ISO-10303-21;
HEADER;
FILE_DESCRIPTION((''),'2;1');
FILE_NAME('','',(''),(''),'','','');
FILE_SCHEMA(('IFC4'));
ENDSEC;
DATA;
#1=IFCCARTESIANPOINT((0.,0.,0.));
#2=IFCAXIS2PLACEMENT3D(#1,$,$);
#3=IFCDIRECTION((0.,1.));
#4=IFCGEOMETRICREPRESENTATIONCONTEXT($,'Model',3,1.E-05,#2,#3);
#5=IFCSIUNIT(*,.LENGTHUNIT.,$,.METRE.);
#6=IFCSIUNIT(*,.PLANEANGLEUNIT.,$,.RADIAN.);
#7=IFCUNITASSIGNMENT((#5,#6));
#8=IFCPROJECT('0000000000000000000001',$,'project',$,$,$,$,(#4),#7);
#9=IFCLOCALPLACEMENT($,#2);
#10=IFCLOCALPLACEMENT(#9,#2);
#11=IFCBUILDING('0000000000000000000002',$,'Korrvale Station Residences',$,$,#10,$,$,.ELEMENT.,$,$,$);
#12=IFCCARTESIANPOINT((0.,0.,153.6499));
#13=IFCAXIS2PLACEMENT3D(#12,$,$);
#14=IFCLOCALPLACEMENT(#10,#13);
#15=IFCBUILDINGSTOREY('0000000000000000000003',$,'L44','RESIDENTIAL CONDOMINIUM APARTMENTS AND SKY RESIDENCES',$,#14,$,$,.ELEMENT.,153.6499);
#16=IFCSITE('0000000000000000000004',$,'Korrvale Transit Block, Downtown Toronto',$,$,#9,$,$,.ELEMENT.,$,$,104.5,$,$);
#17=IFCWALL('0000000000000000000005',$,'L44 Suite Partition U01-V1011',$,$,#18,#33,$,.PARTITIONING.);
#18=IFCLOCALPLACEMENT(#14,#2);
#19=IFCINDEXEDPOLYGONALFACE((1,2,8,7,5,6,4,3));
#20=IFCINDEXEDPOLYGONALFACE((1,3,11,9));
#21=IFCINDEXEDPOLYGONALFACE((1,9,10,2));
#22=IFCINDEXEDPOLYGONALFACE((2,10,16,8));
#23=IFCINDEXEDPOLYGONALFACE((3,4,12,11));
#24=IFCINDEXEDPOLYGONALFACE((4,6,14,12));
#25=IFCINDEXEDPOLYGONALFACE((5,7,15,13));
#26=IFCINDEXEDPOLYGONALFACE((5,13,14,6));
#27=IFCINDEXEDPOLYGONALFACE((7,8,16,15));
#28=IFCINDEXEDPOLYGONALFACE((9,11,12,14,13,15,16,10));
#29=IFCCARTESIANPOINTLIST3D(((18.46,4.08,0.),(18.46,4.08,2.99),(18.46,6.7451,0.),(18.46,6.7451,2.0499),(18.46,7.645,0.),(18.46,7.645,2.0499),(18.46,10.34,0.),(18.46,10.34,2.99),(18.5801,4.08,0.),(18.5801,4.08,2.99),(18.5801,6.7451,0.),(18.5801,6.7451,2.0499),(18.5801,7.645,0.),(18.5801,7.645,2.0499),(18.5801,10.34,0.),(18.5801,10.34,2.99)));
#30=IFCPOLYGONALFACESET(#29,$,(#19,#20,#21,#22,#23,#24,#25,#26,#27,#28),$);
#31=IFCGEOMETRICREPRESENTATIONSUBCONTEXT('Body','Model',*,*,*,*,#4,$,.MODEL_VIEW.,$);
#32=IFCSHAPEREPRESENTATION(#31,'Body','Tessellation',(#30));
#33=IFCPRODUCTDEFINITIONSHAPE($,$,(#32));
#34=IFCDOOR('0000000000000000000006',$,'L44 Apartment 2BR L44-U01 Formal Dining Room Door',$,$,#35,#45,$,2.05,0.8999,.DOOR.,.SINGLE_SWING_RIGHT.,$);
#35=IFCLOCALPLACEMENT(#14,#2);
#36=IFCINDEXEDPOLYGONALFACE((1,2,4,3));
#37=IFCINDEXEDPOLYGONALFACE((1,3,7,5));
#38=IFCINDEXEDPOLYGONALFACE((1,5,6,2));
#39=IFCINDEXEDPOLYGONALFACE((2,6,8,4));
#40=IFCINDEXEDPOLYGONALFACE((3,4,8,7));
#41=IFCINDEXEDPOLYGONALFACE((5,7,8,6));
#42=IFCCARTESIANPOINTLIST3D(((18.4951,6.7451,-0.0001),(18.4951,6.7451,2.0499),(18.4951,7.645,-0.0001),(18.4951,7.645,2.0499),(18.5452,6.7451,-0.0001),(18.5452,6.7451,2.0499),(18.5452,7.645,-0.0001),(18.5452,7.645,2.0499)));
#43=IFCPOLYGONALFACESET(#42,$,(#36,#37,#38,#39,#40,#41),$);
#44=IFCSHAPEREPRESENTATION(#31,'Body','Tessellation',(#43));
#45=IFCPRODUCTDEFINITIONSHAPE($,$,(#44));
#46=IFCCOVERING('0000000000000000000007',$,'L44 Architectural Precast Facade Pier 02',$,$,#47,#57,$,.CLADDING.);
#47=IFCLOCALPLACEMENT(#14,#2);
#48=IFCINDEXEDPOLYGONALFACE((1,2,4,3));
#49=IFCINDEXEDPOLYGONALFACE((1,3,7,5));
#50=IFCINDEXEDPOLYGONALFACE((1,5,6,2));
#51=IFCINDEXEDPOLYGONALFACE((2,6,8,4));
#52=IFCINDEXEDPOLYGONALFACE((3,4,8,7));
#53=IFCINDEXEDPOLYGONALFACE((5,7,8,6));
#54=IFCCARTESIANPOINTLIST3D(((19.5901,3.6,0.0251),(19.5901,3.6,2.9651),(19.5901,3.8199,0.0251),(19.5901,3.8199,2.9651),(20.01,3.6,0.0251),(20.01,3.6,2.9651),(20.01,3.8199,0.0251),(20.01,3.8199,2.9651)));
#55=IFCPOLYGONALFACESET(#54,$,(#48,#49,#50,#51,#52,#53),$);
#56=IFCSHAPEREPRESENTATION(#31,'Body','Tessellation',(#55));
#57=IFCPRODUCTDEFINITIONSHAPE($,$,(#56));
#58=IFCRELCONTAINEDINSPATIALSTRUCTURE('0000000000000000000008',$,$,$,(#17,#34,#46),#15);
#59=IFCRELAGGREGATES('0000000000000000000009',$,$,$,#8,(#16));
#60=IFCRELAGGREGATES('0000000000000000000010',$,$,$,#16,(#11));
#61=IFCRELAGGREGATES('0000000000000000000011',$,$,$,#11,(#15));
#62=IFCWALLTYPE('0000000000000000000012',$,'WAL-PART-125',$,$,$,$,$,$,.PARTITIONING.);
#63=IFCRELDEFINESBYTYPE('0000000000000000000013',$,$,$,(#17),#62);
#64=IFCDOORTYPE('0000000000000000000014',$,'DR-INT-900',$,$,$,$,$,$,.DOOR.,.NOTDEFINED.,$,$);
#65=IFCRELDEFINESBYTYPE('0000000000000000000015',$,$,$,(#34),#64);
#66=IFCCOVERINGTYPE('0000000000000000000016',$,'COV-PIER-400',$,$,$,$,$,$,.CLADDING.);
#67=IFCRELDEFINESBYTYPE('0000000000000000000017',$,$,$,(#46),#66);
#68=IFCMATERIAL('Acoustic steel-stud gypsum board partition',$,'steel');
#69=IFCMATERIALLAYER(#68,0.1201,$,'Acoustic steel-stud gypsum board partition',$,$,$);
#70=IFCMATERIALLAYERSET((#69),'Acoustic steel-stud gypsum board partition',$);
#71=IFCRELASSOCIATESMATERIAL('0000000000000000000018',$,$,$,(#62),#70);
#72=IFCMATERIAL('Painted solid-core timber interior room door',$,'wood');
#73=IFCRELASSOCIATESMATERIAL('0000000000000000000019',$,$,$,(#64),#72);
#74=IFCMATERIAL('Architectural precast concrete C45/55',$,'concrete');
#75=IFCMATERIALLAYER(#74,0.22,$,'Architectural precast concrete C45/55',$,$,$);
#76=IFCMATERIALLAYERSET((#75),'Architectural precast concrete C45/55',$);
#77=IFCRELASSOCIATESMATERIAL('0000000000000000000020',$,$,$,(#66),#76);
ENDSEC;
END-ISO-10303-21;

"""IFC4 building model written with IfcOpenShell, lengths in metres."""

from ifc_helpers import new_model, si_unit, direction, frame, frame_2d, origin, origin_2d, place, context, subcontext, project, spatial, rectangle, extrude, material, layer, layer_set, type_object, element, fill, save


model = new_model("IFC4")

# Units and contexts
model_context = context("Model", 3, precision=1e-05, world=origin(), true_north=direction((0.0, 1.0)))
body_context = subcontext(model_context, "Body", "Model", "MODEL_VIEW")
ifc_project = project(units=[si_unit("LENGTHUNIT", "METRE"), si_unit("PLANEANGLEUNIT", "RADIAN")], contexts=[model_context])

# Site, building, storey
site_placement = place(None, origin())
site = spatial("IfcSite", under=ifc_project, at=site_placement, Name="Korrvale Transit Block, Downtown Toronto", CompositionType="ELEMENT", RefElevation=104.5)
building_placement = place(site_placement, origin())
building = spatial("IfcBuilding", under=site, at=building_placement, Name="Korrvale Station Residences", CompositionType="ELEMENT")
storey_placement = place(building_placement, frame((0.0, 0.0, 153.6499)))
storey = spatial("IfcBuildingStorey", under=building, at=storey_placement, Name="L44", Description="RESIDENTIAL CONDOMINIUM APARTMENTS AND SKY RESIDENCES", CompositionType="ELEMENT", Elevation=153.6499)

# Shared definitions
ifc_material_1 = material(Name="Acoustic steel-stud gypsum board partition", Category="steel")
ifc_layer_1 = layer(ifc_material_1, 0.1201, Name="Acoustic steel-stud gypsum board partition")
ifc_layer_set_1 = layer_set([ifc_layer_1], Name="Acoustic steel-stud gypsum board partition")
wall_type_1 = type_object("IfcWallType", Name="WAL-PART-125", PredefinedType="PARTITIONING", material=ifc_layer_set_1)
ifc_material_2 = material(Name="Painted solid-core timber interior room door", Category="wood")
door_type_1 = type_object("IfcDoorType", Name="DR-INT-900", OperationType="NOTDEFINED", PredefinedType="DOOR", material=ifc_material_2)

# Wall, opening, door
wall_1_placement = place(storey_placement, frame((18.52, 4.0801, 0.0), z_axis=(0.0, 0.0, 1.0), x_axis=(0.0, 1.0, 0.0)))
wall_1 = element("IfcWall", 1, at=wall_1_placement, inside=storey, type_object=wall_type_1, Name="L44 Suite Partition U01-V1011", PredefinedType="PARTITIONING", context=body_context, shape_type="SweptSolid", body=[
    extrude(rectangle(XDim=6.26, YDim=0.1201, at=frame_2d((3.1299, 0.0))), origin(), (0.0, 0.0, 1.0), 2.99),
])
opening_1_placement = place(wall_1_placement, frame((2.665, 0.0, 0.0)))
opening_1 = element("IfcOpeningElement", 2, at=opening_1_placement, cuts=wall_1, PredefinedType="OPENING", context=body_context, shape_type="SweptSolid", body=[
    extrude(rectangle(XDim=0.8999, YDim=2.05, at=frame_2d((0.45, 1.0249))), frame((0.0, 0.0701, 0.0), z_axis=(0.0, -1.0, 0.0), x_axis=(1.0, 0.0, 0.0)), (0.0, 0.0, 1.0), 0.1401),
])
door_1_placement = place(opening_1_placement, origin())
door_1 = element("IfcDoor", 3, at=door_1_placement, inside=storey, type_object=door_type_1, Name="L44 Apartment 2BR L44-U01 Formal Dining Room Door", OperationType="SINGLE_SWING_RIGHT", OverallHeight=2.05, OverallWidth=0.8999, PredefinedType="DOOR", context=body_context, shape_type="SweptSolid", body=[
    extrude(rectangle(XDim=0.8999, YDim=2.05, at=frame_2d((0.45, 1.0249))), frame((0.0, 0.0249, 0.0), z_axis=(0.0, -1.0, 0.0), x_axis=(1.0, 0.0, 0.0)), (0.0, 0.0, 1.0), 0.05),
])
fill(opening_1, door_1)

# Covering
ifc_material_3 = material(Name="Architectural precast concrete C45/55", Category="concrete")
ifc_layer_2 = layer(ifc_material_3, 0.22, Name="Architectural precast concrete C45/55")
ifc_layer_set_2 = layer_set([ifc_layer_2], Name="Architectural precast concrete C45/55")
covering_type = type_object("IfcCoveringType", Name="COV-PIER-400", PredefinedType="CLADDING", material=ifc_layer_set_2)
covering_placement = place(storey_placement, frame((19.8, 3.71, 0.0251), z_axis=(0.0, 0.0, 1.0), x_axis=(1.0, 0.0, 0.0)))
element("IfcCovering", 4, at=covering_placement, inside=storey, type_object=covering_type, Name="L44 Architectural Precast Facade Pier 02", PredefinedType="CLADDING", context=body_context, shape_type="SweptSolid", body=[
    extrude(rectangle(XDim=0.4199, YDim=0.22, at=origin_2d()), origin(), (0.0, 0.0, 1.0), 2.9399),
])

save(model, "model.ifc")
